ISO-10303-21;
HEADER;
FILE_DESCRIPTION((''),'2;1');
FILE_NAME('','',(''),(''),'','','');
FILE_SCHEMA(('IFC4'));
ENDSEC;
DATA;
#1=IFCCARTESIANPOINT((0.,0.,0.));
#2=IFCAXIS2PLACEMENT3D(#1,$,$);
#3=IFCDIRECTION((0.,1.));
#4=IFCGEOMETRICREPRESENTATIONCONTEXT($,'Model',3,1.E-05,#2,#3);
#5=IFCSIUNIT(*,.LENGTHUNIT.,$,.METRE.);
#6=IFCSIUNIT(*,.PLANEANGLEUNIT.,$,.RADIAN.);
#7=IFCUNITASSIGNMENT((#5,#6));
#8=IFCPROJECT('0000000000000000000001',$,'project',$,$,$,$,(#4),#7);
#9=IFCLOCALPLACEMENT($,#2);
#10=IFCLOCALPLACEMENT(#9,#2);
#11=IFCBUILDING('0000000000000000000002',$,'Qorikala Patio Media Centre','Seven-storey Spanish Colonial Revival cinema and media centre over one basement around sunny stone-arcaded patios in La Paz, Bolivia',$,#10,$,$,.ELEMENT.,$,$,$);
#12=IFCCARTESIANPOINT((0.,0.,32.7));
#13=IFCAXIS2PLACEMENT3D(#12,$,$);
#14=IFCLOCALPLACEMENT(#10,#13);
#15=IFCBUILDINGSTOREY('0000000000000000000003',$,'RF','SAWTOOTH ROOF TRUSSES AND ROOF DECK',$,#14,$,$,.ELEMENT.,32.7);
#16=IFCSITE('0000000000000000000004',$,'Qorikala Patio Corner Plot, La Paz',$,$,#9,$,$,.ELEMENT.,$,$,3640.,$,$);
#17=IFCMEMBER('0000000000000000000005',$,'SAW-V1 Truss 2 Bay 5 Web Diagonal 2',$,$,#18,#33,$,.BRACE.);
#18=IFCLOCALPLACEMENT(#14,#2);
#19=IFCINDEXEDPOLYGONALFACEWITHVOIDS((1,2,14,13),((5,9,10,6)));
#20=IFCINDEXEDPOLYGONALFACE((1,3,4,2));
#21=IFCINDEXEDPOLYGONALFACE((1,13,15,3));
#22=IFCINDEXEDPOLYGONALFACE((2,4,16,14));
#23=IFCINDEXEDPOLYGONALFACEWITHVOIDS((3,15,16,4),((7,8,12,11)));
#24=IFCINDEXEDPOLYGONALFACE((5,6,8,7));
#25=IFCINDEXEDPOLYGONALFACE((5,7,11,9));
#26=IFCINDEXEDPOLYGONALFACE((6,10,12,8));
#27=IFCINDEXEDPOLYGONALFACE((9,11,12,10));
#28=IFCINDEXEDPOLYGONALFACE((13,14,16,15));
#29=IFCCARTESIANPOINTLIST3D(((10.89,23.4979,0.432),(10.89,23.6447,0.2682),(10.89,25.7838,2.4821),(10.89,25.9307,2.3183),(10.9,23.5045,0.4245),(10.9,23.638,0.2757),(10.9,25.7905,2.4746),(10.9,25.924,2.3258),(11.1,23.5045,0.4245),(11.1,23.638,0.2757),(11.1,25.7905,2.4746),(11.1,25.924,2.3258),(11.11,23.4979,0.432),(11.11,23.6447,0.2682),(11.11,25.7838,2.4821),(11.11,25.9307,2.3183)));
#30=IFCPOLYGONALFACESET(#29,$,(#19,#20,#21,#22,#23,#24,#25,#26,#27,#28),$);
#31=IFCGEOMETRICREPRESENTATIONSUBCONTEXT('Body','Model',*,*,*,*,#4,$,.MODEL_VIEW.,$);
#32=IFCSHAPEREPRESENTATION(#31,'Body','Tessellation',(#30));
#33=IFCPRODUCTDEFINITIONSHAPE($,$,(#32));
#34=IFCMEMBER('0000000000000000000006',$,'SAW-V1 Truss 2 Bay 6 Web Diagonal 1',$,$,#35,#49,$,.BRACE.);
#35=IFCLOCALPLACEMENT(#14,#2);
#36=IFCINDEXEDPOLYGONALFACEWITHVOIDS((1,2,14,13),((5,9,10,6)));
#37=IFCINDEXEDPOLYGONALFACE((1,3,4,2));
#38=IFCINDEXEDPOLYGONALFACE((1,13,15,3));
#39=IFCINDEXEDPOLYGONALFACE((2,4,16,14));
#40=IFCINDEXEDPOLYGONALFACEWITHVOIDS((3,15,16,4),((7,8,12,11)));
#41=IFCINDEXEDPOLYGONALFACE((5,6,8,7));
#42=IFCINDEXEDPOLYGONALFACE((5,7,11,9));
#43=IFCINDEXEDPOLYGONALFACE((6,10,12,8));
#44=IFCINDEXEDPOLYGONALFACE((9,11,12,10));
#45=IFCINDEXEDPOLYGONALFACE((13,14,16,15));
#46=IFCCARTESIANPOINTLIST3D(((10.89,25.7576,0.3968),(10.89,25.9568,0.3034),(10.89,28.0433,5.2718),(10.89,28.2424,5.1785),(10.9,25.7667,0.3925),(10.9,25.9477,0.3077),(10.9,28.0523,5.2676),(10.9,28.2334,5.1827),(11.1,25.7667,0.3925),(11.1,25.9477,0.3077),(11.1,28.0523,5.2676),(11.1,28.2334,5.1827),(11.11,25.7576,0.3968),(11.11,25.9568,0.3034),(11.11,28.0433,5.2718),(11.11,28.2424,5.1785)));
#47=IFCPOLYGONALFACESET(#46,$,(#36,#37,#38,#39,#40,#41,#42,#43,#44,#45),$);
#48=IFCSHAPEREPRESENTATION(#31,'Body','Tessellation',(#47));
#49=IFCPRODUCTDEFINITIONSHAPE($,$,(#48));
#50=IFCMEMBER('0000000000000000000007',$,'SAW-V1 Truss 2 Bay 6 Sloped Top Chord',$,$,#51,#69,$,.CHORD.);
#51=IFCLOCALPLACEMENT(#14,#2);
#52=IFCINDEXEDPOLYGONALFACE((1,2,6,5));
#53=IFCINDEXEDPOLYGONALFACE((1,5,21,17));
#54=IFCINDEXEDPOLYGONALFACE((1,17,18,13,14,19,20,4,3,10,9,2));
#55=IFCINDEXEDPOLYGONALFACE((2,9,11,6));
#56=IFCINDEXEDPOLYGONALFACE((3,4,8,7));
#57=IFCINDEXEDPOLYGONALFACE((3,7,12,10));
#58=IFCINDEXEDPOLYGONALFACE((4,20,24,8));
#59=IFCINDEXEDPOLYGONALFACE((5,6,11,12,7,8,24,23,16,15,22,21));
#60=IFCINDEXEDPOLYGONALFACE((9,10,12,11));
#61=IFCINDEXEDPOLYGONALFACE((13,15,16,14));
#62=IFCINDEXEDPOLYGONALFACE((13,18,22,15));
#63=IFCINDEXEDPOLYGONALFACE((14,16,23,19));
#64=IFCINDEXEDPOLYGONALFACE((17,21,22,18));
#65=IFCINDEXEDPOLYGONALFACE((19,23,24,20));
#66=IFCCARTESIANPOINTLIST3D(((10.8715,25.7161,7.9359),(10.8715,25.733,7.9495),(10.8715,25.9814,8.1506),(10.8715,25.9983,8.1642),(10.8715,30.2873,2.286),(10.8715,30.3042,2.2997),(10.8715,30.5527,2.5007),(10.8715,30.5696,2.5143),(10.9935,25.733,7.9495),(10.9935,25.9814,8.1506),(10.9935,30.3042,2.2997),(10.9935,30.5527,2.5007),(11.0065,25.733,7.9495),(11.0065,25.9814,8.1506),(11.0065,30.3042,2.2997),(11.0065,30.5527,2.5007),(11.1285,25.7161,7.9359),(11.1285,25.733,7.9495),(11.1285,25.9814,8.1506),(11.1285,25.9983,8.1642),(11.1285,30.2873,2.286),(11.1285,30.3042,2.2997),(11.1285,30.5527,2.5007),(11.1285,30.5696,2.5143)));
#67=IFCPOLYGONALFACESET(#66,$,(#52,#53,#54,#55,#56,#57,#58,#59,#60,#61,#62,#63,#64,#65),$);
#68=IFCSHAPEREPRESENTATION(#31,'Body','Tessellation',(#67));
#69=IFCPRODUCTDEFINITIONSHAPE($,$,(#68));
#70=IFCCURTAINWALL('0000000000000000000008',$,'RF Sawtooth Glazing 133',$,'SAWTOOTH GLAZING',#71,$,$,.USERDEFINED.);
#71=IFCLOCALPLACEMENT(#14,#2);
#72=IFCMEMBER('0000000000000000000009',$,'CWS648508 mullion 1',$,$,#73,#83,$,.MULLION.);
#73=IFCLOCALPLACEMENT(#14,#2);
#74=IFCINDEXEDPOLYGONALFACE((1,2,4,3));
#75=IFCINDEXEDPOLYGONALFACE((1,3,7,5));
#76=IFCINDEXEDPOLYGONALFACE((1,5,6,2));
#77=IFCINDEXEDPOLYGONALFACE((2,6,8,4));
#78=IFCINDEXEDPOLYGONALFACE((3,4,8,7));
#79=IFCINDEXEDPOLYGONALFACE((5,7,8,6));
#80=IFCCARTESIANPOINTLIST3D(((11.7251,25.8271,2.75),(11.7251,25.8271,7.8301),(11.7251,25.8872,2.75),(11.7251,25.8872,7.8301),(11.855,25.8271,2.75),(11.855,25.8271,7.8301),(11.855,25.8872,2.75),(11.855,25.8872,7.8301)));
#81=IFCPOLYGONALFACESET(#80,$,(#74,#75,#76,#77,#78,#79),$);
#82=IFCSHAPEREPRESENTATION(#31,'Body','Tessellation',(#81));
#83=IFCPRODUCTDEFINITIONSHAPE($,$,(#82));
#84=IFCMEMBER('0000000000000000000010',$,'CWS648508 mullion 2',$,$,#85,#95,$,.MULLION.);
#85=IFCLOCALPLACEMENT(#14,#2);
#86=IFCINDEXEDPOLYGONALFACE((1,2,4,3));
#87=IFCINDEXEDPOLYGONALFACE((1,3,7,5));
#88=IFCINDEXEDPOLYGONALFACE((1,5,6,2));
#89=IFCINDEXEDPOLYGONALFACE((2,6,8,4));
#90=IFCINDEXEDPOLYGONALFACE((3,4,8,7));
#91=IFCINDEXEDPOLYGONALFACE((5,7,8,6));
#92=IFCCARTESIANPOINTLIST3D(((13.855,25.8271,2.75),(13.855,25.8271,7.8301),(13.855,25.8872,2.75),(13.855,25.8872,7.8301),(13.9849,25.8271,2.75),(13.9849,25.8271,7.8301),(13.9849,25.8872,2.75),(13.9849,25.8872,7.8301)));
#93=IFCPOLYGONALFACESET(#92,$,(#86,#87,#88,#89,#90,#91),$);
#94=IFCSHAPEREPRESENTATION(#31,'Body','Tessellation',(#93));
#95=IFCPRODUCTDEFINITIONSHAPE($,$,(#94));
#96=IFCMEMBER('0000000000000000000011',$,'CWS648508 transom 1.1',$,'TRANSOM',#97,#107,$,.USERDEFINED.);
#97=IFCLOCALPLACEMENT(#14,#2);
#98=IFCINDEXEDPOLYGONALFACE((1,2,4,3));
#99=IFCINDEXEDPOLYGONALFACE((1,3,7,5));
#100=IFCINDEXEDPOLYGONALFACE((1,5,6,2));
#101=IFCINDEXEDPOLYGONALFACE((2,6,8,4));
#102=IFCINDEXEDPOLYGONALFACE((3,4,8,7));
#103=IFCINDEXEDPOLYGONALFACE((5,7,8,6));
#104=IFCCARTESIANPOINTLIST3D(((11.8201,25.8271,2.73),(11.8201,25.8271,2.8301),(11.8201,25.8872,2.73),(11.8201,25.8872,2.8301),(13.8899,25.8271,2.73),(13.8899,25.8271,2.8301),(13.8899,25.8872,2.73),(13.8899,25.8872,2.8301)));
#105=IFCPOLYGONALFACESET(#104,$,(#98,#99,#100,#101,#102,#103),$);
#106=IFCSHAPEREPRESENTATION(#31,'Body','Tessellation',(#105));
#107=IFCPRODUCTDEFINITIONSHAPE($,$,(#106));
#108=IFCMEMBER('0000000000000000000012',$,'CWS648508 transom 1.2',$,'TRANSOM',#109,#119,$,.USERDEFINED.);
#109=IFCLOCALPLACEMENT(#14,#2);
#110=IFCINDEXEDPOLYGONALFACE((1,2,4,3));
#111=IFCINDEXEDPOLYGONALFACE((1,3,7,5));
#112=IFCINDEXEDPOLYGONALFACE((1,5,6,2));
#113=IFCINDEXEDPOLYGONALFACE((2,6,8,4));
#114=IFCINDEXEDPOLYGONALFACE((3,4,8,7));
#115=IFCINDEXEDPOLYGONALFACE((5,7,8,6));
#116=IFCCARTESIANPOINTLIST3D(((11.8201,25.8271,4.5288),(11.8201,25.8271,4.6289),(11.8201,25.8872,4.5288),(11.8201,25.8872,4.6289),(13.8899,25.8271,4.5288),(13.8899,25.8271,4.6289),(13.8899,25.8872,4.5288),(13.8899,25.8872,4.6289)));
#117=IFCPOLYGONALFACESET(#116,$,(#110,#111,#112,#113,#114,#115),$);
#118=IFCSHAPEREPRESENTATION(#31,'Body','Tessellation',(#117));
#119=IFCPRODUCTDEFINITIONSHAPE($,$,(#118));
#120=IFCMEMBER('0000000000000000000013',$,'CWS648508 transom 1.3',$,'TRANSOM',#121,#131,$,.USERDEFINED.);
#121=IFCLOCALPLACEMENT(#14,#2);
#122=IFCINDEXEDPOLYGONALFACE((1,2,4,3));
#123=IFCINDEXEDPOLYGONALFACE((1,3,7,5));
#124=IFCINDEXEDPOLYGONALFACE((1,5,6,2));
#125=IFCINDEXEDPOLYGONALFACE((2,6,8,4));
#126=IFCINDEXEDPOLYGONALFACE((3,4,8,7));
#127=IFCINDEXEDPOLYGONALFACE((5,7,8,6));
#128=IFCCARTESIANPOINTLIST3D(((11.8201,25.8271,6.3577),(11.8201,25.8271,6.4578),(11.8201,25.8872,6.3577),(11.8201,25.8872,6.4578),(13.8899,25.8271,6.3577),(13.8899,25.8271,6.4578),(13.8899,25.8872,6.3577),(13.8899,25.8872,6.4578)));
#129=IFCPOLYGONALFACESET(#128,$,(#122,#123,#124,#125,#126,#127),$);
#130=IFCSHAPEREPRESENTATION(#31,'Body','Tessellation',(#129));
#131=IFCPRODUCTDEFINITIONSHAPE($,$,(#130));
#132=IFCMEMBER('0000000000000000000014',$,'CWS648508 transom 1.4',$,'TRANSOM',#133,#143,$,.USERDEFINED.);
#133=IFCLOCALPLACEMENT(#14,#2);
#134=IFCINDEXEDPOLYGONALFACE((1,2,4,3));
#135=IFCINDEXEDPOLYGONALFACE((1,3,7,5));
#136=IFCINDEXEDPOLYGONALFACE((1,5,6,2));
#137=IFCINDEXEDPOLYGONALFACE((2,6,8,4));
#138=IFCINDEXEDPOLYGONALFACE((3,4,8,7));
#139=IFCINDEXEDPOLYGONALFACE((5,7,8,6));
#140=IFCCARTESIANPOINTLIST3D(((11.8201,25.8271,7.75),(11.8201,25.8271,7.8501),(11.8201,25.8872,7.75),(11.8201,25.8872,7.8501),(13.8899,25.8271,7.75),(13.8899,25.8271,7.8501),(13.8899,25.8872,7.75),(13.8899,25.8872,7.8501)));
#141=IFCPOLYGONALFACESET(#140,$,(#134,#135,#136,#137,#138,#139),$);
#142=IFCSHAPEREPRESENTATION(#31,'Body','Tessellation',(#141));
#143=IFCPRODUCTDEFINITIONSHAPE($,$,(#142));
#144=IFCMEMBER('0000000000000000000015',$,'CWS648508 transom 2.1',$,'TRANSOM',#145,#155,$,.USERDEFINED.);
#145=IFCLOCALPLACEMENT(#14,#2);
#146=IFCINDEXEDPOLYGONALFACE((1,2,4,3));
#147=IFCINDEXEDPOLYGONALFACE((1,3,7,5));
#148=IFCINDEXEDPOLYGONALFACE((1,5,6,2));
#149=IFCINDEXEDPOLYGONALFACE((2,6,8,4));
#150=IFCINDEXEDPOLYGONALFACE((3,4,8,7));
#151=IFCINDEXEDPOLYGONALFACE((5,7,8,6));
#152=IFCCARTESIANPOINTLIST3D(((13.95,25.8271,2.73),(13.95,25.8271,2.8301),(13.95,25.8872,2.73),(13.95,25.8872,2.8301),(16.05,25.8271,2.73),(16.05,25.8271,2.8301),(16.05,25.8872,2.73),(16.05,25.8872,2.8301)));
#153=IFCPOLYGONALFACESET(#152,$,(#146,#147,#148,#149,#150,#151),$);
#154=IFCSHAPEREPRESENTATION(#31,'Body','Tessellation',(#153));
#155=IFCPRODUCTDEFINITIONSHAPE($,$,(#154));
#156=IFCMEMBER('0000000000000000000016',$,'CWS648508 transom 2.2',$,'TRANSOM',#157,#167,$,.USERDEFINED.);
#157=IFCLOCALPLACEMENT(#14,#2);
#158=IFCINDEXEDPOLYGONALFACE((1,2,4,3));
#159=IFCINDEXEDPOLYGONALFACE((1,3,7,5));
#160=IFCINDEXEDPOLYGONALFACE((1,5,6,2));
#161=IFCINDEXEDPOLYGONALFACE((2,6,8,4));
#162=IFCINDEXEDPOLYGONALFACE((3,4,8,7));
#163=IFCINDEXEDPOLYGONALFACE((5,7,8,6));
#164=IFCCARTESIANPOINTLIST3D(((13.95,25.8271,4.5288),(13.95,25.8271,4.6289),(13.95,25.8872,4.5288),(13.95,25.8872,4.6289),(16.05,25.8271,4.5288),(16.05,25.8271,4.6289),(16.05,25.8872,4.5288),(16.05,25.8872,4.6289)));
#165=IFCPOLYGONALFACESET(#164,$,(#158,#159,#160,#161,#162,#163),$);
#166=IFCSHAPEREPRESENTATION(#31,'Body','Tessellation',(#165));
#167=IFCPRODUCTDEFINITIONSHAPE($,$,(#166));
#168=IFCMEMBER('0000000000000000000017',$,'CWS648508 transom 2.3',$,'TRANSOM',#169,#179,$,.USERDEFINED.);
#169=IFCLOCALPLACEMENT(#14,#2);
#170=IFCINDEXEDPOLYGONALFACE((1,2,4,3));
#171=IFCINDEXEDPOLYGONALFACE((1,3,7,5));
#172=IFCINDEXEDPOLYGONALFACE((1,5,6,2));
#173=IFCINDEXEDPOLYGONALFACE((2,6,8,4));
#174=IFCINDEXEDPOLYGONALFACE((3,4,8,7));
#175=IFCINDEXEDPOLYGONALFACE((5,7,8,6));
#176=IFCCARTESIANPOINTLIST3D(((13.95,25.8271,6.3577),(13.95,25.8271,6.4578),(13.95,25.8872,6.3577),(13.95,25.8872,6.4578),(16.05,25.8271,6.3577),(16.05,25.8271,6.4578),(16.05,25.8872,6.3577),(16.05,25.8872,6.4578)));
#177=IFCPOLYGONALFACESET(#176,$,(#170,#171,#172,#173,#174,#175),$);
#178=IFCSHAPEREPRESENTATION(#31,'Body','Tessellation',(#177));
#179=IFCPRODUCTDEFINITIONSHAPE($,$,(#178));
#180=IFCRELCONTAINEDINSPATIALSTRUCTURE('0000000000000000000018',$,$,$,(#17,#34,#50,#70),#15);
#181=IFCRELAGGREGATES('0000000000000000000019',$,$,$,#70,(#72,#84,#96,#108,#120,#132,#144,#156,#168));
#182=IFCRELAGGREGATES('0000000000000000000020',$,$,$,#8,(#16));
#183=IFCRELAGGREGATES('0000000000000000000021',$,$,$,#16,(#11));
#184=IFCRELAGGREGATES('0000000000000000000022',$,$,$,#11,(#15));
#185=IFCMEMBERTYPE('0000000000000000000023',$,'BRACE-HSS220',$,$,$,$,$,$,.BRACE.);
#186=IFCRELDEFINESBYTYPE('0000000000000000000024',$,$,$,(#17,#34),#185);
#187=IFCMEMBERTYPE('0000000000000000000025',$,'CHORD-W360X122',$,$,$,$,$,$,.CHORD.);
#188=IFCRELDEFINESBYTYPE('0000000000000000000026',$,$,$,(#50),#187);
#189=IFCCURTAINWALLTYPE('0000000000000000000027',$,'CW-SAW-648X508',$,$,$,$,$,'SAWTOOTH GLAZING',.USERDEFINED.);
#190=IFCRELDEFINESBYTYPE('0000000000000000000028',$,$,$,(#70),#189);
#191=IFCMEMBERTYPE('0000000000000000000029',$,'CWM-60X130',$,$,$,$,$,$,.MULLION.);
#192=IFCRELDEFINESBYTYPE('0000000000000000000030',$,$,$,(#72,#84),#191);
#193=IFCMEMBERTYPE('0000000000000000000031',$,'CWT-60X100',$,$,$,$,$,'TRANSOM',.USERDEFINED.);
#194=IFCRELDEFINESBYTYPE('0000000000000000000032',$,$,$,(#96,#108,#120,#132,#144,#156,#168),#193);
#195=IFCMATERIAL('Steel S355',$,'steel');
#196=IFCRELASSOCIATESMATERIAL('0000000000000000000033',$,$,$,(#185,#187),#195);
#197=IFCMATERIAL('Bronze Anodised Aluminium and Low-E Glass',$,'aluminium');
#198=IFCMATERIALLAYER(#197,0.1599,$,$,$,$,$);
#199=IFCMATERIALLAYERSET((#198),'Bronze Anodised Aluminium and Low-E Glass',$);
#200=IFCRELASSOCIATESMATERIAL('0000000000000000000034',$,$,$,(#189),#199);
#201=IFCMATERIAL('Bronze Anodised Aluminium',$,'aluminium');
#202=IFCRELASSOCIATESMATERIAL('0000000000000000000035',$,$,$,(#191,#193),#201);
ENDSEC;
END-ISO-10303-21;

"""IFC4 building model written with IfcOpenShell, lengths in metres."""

from ifc_helpers import new_model, si_unit, direction, frame, origin, origin_2d, place, context, subcontext, project, spatial, rectangle, hollow_rectangle, i_section, extrude, material, layer, layer_set, material_profile, profile_set, type_object, element, aggregate, save


model = new_model("IFC4")

# Units and contexts
model_context = context("Model", 3, precision=1e-05, world=origin(), true_north=direction((0.0, 1.0)))
body_context = subcontext(model_context, "Body", "Model", "MODEL_VIEW")
ifc_project = project(units=[si_unit("LENGTHUNIT", "METRE"), si_unit("PLANEANGLEUNIT", "RADIAN")], contexts=[model_context])

# Site, building, storey
site_placement = place(None, origin())
site = spatial("IfcSite", under=ifc_project, at=site_placement, Name="Qorikala Patio Corner Plot, La Paz", CompositionType="ELEMENT", RefElevation=3640.0)
building_placement = place(site_placement, origin())
building = spatial("IfcBuilding", under=site, at=building_placement, Name="Qorikala Patio Media Centre", Description="Seven-storey Spanish Colonial Revival cinema and media centre over one basement around sunny stone-arcaded patios in La Paz, Bolivia", CompositionType="ELEMENT")
storey_placement = place(building_placement, frame((0.0, 0.0, 32.7)))
storey = spatial("IfcBuildingStorey", under=building, at=storey_placement, Name="RF", Description="SAWTOOTH ROOF TRUSSES AND ROOF DECK", CompositionType="ELEMENT", Elevation=32.7)

# Members
ifc_material_1 = material(Name="Steel S355", Category="steel")
ifc_material_profile_1 = material_profile(ifc_material_1, hollow_rectangle(XDim=0.22, YDim=0.22, WallThickness=0.01, at=origin_2d()), Name="HSS220X220X10")
ifc_profile_set_1 = profile_set([ifc_material_profile_1], Name="Steel S355")
member_type_1 = type_object("IfcMemberType", Name="BRACE-HSS220", PredefinedType="BRACE", material=ifc_profile_set_1)
member_1_placement = place(storey_placement, frame((11.0, 23.5713, 0.3501), z_axis=(0.0, 0.744467, 0.667659), x_axis=(-1.0, 0.0, 0.0)))
element("IfcMember", 1, at=member_1_placement, inside=storey, type_object=member_type_1, Name="SAW-V1 Truss 2 Bay 5 Web Diagonal 2", PredefinedType="BRACE", context=body_context, shape_type="SweptSolid", body=[
    extrude(hollow_rectangle(XDim=0.22, YDim=0.22, WallThickness=0.01, at=origin_2d()), origin(), (0.0, 0.0, 1.0), 3.0706),
])
member_2_placement = place(storey_placement, frame((11.0, 25.8572, 0.3501), z_axis=(0.0, 0.424508, 0.905424), x_axis=(-1.0, 0.0, 0.0)))
element("IfcMember", 2, at=member_2_placement, inside=storey, type_object=member_type_1, Name="SAW-V1 Truss 2 Bay 6 Web Diagonal 1", PredefinedType="BRACE", context=body_context, shape_type="SweptSolid", body=[
    extrude(hollow_rectangle(XDim=0.22, YDim=0.22, WallThickness=0.01, at=origin_2d()), origin(), (0.0, 0.0, 1.0), 5.3843),
])
ifc_material_profile_2 = material_profile(ifc_material_1, i_section(OverallWidth=0.2571, OverallDepth=0.363, WebThickness=0.0129, FlangeThickness=0.0217, at=origin_2d()), Name="W360X122")
ifc_profile_set_2 = profile_set([ifc_material_profile_2], Name="Steel S355")
member_type_2 = type_object("IfcMemberType", Name="CHORD-W360X122", PredefinedType="CHORD", material=ifc_profile_set_2)
member_3_placement = place(storey_placement, frame((11.0, 25.8572, 8.05), z_axis=(0.0, 0.628995, -0.777409), x_axis=(-1.0, 0.0, 0.0)))
element("IfcMember", 3, at=member_3_placement, inside=storey, type_object=member_type_2, Name="SAW-V1 Truss 2 Bay 6 Sloped Top Chord", PredefinedType="CHORD", context=body_context, shape_type="SweptSolid", body=[
    extrude(i_section(OverallWidth=0.2571, OverallDepth=0.363, WebThickness=0.0129, FlangeThickness=0.0217, at=origin_2d()), origin(), (0.0, 0.0, 1.0), 7.2676),
])

# Curtain wall, members
ifc_material_2 = material(Name="Bronze Anodised Aluminium and Low-E Glass", Category="aluminium")
ifc_layer_1 = layer(ifc_material_2, 0.1599)
ifc_layer_set_1 = layer_set([ifc_layer_1], Name="Bronze Anodised Aluminium and Low-E Glass")
curtain_wall_type = type_object("IfcCurtainWallType", Name="CW-SAW-648X508", ElementType="SAWTOOTH GLAZING", PredefinedType="USERDEFINED", material=ifc_layer_set_1)
curtain_wall_placement = place(storey_placement, origin())
curtain_wall = element("IfcCurtainWall", 4, at=curtain_wall_placement, inside=storey, type_object=curtain_wall_type, Name="RF Sawtooth Glazing 133", ObjectType="SAWTOOTH GLAZING", PredefinedType="USERDEFINED")
ifc_material_3 = material(Name="Bronze Anodised Aluminium", Category="aluminium")
ifc_material_profile_3 = material_profile(ifc_material_3, rectangle(XDim=0.0601, YDim=0.1299, at=origin_2d()), Name="ALU MULLION 60x130")
ifc_profile_set_3 = profile_set([ifc_material_profile_3], Name="Bronze Anodised Aluminium")
member_type_3 = type_object("IfcMemberType", Name="CWM-60X130", PredefinedType="MULLION", material=ifc_profile_set_3)
member_4_placement = place(storey_placement, frame((11.79, 25.8572, 2.75), z_axis=(0.0, 0.0, 1.0), x_axis=(0.0, 1.0, 0.0)))
member_4 = element("IfcMember", 5, at=member_4_placement, type_object=member_type_3, Name="CWS648508 mullion 1", PredefinedType="MULLION", context=body_context, shape_type="SweptSolid", body=[
    extrude(rectangle(XDim=0.0601, YDim=0.1299, at=origin_2d()), origin(), (0.0, 0.0, 1.0), 5.0801),
])
member_5_placement = place(storey_placement, frame((13.9199, 25.8572, 2.75), z_axis=(0.0, 0.0, 1.0), x_axis=(0.0, 1.0, 0.0)))
member_5 = element("IfcMember", 6, at=member_5_placement, type_object=member_type_3, Name="CWS648508 mullion 2", PredefinedType="MULLION", context=body_context, shape_type="SweptSolid", body=[
    extrude(rectangle(XDim=0.0601, YDim=0.1299, at=origin_2d()), origin(), (0.0, 0.0, 1.0), 5.0801),
])
ifc_material_profile_4 = material_profile(ifc_material_3, rectangle(XDim=0.0601, YDim=0.1001, at=origin_2d()), Name="ALU TRANSOM 60x100")
ifc_profile_set_4 = profile_set([ifc_material_profile_4], Name="Bronze Anodised Aluminium")
member_type_4 = type_object("IfcMemberType", Name="CWT-60X100", ElementType="TRANSOM", PredefinedType="USERDEFINED", material=ifc_profile_set_4)
member_6_placement = place(storey_placement, frame((11.8201, 25.8572, 2.78), z_axis=(1.0, 0.0, 0.0), x_axis=(0.0, 1.0, 0.0)))
member_6 = element("IfcMember", 7, at=member_6_placement, type_object=member_type_4, Name="CWS648508 transom 1.1", ObjectType="TRANSOM", PredefinedType="USERDEFINED", context=body_context, shape_type="SweptSolid", body=[
    extrude(rectangle(XDim=0.0601, YDim=0.1001, at=origin_2d()), origin(), (0.0, 0.0, 1.0), 2.0698),
])
member_7_placement = place(storey_placement, frame((11.8201, 25.8572, 4.5789), z_axis=(1.0, 0.0, 0.0), x_axis=(0.0, 1.0, 0.0)))
member_7 = element("IfcMember", 8, at=member_7_placement, type_object=member_type_4, Name="CWS648508 transom 1.2", ObjectType="TRANSOM", PredefinedType="USERDEFINED", context=body_context, shape_type="SweptSolid", body=[
    extrude(rectangle(XDim=0.0601, YDim=0.1001, at=origin_2d()), origin(), (0.0, 0.0, 1.0), 2.0698),
])
member_8_placement = place(storey_placement, frame((11.8201, 25.8572, 6.4077), z_axis=(1.0, 0.0, 0.0), x_axis=(0.0, 1.0, 0.0)))
member_8 = element("IfcMember", 9, at=member_8_placement, type_object=member_type_4, Name="CWS648508 transom 1.3", ObjectType="TRANSOM", PredefinedType="USERDEFINED", context=body_context, shape_type="SweptSolid", body=[
    extrude(rectangle(XDim=0.0601, YDim=0.1001, at=origin_2d()), origin(), (0.0, 0.0, 1.0), 2.0698),
])
member_9_placement = place(storey_placement, frame((11.8201, 25.8572, 7.8), z_axis=(1.0, 0.0, 0.0), x_axis=(0.0, 1.0, 0.0)))
member_9 = element("IfcMember", 10, at=member_9_placement, type_object=member_type_4, Name="CWS648508 transom 1.4", ObjectType="TRANSOM", PredefinedType="USERDEFINED", context=body_context, shape_type="SweptSolid", body=[
    extrude(rectangle(XDim=0.0601, YDim=0.1001, at=origin_2d()), origin(), (0.0, 0.0, 1.0), 2.0698),
])
member_10_placement = place(storey_placement, frame((13.95, 25.8572, 2.78), z_axis=(1.0, 0.0, 0.0), x_axis=(0.0, 1.0, 0.0)))
member_10 = element("IfcMember", 11, at=member_10_placement, type_object=member_type_4, Name="CWS648508 transom 2.1", ObjectType="TRANSOM", PredefinedType="USERDEFINED", context=body_context, shape_type="SweptSolid", body=[
    extrude(rectangle(XDim=0.0601, YDim=0.1001, at=origin_2d()), origin(), (0.0, 0.0, 1.0), 2.1001),
])
member_11_placement = place(storey_placement, frame((13.95, 25.8572, 4.5789), z_axis=(1.0, 0.0, 0.0), x_axis=(0.0, 1.0, 0.0)))
member_11 = element("IfcMember", 12, at=member_11_placement, type_object=member_type_4, Name="CWS648508 transom 2.2", ObjectType="TRANSOM", PredefinedType="USERDEFINED", context=body_context, shape_type="SweptSolid", body=[
    extrude(rectangle(XDim=0.0601, YDim=0.1001, at=origin_2d()), origin(), (0.0, 0.0, 1.0), 2.1001),
])
member_12_placement = place(storey_placement, frame((13.95, 25.8572, 6.4077), z_axis=(1.0, 0.0, 0.0), x_axis=(0.0, 1.0, 0.0)))
member_12 = element("IfcMember", 13, at=member_12_placement, type_object=member_type_4, Name="CWS648508 transom 2.3", ObjectType="TRANSOM", PredefinedType="USERDEFINED", context=body_context, shape_type="SweptSolid", body=[
    extrude(rectangle(XDim=0.0601, YDim=0.1001, at=origin_2d()), origin(), (0.0, 0.0, 1.0), 2.1001),
])

aggregate(curtain_wall, [member_4, member_5, member_6, member_7, member_8, member_9, member_10, member_11, member_12])

save(model, "model.ifc")
